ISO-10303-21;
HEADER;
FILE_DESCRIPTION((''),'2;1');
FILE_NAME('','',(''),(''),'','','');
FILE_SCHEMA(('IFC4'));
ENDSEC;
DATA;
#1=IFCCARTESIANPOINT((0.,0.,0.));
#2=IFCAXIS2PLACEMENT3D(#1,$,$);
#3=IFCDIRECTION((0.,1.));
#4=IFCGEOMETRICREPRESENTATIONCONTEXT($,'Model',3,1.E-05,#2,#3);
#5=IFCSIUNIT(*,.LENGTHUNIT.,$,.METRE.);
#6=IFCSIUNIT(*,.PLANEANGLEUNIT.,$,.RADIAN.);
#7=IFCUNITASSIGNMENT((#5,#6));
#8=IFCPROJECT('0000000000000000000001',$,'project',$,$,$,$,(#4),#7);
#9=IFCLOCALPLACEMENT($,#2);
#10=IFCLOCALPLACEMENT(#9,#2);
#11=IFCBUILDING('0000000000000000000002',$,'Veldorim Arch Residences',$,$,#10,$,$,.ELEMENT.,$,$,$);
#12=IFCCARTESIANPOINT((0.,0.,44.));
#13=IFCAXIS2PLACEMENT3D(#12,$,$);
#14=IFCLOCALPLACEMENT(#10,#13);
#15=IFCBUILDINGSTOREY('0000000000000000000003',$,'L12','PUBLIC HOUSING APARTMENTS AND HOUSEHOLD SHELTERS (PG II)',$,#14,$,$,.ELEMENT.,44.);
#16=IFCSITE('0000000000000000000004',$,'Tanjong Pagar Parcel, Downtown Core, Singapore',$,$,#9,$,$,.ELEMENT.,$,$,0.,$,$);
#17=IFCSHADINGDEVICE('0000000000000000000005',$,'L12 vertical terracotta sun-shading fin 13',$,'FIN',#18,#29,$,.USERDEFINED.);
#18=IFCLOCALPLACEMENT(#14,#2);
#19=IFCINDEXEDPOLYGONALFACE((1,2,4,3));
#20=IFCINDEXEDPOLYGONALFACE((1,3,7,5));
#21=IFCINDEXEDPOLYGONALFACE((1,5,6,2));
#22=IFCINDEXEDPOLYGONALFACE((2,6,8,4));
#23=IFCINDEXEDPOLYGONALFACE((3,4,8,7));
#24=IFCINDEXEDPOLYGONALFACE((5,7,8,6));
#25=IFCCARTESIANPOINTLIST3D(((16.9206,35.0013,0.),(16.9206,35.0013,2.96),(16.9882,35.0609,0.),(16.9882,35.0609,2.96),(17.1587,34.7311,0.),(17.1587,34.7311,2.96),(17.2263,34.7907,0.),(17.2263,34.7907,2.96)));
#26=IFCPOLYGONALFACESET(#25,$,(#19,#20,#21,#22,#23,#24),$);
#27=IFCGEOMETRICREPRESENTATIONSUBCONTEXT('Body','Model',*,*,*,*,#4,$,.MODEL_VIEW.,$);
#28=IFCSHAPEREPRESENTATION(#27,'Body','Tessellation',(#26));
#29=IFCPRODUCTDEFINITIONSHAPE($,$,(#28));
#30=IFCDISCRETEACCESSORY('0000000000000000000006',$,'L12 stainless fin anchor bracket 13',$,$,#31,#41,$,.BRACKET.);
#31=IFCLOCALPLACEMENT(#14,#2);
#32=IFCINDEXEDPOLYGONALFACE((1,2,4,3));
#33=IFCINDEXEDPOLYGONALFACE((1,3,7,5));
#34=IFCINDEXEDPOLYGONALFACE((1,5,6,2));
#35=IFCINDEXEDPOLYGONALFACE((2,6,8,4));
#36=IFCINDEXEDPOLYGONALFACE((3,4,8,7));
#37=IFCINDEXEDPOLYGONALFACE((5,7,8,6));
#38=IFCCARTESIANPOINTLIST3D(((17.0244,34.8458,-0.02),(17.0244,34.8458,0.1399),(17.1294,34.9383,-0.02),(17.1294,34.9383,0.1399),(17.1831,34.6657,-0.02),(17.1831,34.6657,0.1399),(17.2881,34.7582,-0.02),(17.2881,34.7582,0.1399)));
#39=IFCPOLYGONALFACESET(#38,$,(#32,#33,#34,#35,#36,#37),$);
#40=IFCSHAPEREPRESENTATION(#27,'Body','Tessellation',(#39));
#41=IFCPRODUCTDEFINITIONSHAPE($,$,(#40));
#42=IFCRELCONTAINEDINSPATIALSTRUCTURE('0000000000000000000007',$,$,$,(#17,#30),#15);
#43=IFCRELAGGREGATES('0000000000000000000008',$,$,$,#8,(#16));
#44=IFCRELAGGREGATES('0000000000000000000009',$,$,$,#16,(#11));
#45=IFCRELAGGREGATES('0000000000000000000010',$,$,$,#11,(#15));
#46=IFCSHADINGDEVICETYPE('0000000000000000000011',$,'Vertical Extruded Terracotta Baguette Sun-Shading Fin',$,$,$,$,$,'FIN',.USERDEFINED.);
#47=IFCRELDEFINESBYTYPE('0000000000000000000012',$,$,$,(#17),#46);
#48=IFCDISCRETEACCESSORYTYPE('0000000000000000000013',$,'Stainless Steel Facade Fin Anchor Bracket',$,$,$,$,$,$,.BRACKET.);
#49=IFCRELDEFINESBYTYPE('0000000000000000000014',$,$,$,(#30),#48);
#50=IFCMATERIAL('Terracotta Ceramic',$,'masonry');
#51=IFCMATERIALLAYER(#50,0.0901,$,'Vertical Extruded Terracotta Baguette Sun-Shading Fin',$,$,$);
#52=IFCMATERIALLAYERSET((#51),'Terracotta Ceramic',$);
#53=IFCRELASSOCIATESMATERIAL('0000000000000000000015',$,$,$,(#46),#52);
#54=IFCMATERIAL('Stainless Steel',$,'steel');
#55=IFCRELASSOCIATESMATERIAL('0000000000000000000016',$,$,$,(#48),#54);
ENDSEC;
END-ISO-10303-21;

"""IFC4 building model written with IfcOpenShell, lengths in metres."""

from ifc_helpers import new_model, si_unit, direction, frame, origin, origin_2d, place, context, subcontext, project, spatial, rectangle, extrude, material, layer, layer_set, type_object, element, save


model = new_model("IFC4")

# Units and contexts
model_context = context("Model", 3, precision=1e-05, world=origin(), true_north=direction((0.0, 1.0)))
body_context = subcontext(model_context, "Body", "Model", "MODEL_VIEW")
ifc_project = project(units=[si_unit("LENGTHUNIT", "METRE"), si_unit("PLANEANGLEUNIT", "RADIAN")], contexts=[model_context])

# Site, building, storey
site_placement = place(None, origin())
site = spatial("IfcSite", under=ifc_project, at=site_placement, Name="Tanjong Pagar Parcel, Downtown Core, Singapore", CompositionType="ELEMENT", RefElevation=0.0)
building_placement = place(site_placement, origin())
building = spatial("IfcBuilding", under=site, at=building_placement, Name="Veldorim Arch Residences", CompositionType="ELEMENT")
storey_placement = place(building_placement, frame((0.0, 0.0, 44.0)))
storey = spatial("IfcBuildingStorey", under=building, at=storey_placement, Name="L12", Description="PUBLIC HOUSING APARTMENTS AND HOUSEHOLD SHELTERS (PG II)", CompositionType="ELEMENT", Elevation=44.0)

# Shading device
ifc_material_1 = material(Name="Terracotta Ceramic", Category="masonry")
ifc_layer_1 = layer(ifc_material_1, 0.0901, Name="Vertical Extruded Terracotta Baguette Sun-Shading Fin")
ifc_layer_set_1 = layer_set([ifc_layer_1], Name="Terracotta Ceramic")
shading_device_type = type_object("IfcShadingDeviceType", Name="Vertical Extruded Terracotta Baguette Sun-Shading Fin", ElementType="FIN", PredefinedType="USERDEFINED", material=ifc_layer_set_1)
shading_device_placement = place(storey_placement, frame((17.0735, 34.896, 0.0), z_axis=(0.0, 0.0, 1.0), x_axis=(0.750226, 0.661181, 0.0)))
element("IfcShadingDevice", 1, at=shading_device_placement, inside=storey, type_object=shading_device_type, Name="L12 vertical terracotta sun-shading fin 13", ObjectType="FIN", PredefinedType="USERDEFINED", context=body_context, shape_type="SweptSolid", body=[
    extrude(rectangle(XDim=0.0901, YDim=0.3601, at=origin_2d()), origin(), (0.0, 0.0, 1.0), 2.96),
])

# Discrete accessory
ifc_material_2 = material(Name="Stainless Steel", Category="steel")
discrete_accessory_type = type_object("IfcDiscreteAccessoryType", Name="Stainless Steel Facade Fin Anchor Bracket", PredefinedType="BRACKET", material=ifc_material_2)
discrete_accessory_placement = place(storey_placement, frame((17.1562, 34.802, -0.02), z_axis=(0.0, 0.0, 1.0), x_axis=(0.750226, 0.661181, 0.0)))
element("IfcDiscreteAccessory", 2, at=discrete_accessory_placement, inside=storey, type_object=discrete_accessory_type, Name="L12 stainless fin anchor bracket 13", PredefinedType="BRACKET", context=body_context, shape_type="SweptSolid", body=[
    extrude(rectangle(XDim=0.1399, YDim=0.24, at=origin_2d()), origin(), (0.0, 0.0, 1.0), 0.1599),
])

save(model, "model.ifc")
